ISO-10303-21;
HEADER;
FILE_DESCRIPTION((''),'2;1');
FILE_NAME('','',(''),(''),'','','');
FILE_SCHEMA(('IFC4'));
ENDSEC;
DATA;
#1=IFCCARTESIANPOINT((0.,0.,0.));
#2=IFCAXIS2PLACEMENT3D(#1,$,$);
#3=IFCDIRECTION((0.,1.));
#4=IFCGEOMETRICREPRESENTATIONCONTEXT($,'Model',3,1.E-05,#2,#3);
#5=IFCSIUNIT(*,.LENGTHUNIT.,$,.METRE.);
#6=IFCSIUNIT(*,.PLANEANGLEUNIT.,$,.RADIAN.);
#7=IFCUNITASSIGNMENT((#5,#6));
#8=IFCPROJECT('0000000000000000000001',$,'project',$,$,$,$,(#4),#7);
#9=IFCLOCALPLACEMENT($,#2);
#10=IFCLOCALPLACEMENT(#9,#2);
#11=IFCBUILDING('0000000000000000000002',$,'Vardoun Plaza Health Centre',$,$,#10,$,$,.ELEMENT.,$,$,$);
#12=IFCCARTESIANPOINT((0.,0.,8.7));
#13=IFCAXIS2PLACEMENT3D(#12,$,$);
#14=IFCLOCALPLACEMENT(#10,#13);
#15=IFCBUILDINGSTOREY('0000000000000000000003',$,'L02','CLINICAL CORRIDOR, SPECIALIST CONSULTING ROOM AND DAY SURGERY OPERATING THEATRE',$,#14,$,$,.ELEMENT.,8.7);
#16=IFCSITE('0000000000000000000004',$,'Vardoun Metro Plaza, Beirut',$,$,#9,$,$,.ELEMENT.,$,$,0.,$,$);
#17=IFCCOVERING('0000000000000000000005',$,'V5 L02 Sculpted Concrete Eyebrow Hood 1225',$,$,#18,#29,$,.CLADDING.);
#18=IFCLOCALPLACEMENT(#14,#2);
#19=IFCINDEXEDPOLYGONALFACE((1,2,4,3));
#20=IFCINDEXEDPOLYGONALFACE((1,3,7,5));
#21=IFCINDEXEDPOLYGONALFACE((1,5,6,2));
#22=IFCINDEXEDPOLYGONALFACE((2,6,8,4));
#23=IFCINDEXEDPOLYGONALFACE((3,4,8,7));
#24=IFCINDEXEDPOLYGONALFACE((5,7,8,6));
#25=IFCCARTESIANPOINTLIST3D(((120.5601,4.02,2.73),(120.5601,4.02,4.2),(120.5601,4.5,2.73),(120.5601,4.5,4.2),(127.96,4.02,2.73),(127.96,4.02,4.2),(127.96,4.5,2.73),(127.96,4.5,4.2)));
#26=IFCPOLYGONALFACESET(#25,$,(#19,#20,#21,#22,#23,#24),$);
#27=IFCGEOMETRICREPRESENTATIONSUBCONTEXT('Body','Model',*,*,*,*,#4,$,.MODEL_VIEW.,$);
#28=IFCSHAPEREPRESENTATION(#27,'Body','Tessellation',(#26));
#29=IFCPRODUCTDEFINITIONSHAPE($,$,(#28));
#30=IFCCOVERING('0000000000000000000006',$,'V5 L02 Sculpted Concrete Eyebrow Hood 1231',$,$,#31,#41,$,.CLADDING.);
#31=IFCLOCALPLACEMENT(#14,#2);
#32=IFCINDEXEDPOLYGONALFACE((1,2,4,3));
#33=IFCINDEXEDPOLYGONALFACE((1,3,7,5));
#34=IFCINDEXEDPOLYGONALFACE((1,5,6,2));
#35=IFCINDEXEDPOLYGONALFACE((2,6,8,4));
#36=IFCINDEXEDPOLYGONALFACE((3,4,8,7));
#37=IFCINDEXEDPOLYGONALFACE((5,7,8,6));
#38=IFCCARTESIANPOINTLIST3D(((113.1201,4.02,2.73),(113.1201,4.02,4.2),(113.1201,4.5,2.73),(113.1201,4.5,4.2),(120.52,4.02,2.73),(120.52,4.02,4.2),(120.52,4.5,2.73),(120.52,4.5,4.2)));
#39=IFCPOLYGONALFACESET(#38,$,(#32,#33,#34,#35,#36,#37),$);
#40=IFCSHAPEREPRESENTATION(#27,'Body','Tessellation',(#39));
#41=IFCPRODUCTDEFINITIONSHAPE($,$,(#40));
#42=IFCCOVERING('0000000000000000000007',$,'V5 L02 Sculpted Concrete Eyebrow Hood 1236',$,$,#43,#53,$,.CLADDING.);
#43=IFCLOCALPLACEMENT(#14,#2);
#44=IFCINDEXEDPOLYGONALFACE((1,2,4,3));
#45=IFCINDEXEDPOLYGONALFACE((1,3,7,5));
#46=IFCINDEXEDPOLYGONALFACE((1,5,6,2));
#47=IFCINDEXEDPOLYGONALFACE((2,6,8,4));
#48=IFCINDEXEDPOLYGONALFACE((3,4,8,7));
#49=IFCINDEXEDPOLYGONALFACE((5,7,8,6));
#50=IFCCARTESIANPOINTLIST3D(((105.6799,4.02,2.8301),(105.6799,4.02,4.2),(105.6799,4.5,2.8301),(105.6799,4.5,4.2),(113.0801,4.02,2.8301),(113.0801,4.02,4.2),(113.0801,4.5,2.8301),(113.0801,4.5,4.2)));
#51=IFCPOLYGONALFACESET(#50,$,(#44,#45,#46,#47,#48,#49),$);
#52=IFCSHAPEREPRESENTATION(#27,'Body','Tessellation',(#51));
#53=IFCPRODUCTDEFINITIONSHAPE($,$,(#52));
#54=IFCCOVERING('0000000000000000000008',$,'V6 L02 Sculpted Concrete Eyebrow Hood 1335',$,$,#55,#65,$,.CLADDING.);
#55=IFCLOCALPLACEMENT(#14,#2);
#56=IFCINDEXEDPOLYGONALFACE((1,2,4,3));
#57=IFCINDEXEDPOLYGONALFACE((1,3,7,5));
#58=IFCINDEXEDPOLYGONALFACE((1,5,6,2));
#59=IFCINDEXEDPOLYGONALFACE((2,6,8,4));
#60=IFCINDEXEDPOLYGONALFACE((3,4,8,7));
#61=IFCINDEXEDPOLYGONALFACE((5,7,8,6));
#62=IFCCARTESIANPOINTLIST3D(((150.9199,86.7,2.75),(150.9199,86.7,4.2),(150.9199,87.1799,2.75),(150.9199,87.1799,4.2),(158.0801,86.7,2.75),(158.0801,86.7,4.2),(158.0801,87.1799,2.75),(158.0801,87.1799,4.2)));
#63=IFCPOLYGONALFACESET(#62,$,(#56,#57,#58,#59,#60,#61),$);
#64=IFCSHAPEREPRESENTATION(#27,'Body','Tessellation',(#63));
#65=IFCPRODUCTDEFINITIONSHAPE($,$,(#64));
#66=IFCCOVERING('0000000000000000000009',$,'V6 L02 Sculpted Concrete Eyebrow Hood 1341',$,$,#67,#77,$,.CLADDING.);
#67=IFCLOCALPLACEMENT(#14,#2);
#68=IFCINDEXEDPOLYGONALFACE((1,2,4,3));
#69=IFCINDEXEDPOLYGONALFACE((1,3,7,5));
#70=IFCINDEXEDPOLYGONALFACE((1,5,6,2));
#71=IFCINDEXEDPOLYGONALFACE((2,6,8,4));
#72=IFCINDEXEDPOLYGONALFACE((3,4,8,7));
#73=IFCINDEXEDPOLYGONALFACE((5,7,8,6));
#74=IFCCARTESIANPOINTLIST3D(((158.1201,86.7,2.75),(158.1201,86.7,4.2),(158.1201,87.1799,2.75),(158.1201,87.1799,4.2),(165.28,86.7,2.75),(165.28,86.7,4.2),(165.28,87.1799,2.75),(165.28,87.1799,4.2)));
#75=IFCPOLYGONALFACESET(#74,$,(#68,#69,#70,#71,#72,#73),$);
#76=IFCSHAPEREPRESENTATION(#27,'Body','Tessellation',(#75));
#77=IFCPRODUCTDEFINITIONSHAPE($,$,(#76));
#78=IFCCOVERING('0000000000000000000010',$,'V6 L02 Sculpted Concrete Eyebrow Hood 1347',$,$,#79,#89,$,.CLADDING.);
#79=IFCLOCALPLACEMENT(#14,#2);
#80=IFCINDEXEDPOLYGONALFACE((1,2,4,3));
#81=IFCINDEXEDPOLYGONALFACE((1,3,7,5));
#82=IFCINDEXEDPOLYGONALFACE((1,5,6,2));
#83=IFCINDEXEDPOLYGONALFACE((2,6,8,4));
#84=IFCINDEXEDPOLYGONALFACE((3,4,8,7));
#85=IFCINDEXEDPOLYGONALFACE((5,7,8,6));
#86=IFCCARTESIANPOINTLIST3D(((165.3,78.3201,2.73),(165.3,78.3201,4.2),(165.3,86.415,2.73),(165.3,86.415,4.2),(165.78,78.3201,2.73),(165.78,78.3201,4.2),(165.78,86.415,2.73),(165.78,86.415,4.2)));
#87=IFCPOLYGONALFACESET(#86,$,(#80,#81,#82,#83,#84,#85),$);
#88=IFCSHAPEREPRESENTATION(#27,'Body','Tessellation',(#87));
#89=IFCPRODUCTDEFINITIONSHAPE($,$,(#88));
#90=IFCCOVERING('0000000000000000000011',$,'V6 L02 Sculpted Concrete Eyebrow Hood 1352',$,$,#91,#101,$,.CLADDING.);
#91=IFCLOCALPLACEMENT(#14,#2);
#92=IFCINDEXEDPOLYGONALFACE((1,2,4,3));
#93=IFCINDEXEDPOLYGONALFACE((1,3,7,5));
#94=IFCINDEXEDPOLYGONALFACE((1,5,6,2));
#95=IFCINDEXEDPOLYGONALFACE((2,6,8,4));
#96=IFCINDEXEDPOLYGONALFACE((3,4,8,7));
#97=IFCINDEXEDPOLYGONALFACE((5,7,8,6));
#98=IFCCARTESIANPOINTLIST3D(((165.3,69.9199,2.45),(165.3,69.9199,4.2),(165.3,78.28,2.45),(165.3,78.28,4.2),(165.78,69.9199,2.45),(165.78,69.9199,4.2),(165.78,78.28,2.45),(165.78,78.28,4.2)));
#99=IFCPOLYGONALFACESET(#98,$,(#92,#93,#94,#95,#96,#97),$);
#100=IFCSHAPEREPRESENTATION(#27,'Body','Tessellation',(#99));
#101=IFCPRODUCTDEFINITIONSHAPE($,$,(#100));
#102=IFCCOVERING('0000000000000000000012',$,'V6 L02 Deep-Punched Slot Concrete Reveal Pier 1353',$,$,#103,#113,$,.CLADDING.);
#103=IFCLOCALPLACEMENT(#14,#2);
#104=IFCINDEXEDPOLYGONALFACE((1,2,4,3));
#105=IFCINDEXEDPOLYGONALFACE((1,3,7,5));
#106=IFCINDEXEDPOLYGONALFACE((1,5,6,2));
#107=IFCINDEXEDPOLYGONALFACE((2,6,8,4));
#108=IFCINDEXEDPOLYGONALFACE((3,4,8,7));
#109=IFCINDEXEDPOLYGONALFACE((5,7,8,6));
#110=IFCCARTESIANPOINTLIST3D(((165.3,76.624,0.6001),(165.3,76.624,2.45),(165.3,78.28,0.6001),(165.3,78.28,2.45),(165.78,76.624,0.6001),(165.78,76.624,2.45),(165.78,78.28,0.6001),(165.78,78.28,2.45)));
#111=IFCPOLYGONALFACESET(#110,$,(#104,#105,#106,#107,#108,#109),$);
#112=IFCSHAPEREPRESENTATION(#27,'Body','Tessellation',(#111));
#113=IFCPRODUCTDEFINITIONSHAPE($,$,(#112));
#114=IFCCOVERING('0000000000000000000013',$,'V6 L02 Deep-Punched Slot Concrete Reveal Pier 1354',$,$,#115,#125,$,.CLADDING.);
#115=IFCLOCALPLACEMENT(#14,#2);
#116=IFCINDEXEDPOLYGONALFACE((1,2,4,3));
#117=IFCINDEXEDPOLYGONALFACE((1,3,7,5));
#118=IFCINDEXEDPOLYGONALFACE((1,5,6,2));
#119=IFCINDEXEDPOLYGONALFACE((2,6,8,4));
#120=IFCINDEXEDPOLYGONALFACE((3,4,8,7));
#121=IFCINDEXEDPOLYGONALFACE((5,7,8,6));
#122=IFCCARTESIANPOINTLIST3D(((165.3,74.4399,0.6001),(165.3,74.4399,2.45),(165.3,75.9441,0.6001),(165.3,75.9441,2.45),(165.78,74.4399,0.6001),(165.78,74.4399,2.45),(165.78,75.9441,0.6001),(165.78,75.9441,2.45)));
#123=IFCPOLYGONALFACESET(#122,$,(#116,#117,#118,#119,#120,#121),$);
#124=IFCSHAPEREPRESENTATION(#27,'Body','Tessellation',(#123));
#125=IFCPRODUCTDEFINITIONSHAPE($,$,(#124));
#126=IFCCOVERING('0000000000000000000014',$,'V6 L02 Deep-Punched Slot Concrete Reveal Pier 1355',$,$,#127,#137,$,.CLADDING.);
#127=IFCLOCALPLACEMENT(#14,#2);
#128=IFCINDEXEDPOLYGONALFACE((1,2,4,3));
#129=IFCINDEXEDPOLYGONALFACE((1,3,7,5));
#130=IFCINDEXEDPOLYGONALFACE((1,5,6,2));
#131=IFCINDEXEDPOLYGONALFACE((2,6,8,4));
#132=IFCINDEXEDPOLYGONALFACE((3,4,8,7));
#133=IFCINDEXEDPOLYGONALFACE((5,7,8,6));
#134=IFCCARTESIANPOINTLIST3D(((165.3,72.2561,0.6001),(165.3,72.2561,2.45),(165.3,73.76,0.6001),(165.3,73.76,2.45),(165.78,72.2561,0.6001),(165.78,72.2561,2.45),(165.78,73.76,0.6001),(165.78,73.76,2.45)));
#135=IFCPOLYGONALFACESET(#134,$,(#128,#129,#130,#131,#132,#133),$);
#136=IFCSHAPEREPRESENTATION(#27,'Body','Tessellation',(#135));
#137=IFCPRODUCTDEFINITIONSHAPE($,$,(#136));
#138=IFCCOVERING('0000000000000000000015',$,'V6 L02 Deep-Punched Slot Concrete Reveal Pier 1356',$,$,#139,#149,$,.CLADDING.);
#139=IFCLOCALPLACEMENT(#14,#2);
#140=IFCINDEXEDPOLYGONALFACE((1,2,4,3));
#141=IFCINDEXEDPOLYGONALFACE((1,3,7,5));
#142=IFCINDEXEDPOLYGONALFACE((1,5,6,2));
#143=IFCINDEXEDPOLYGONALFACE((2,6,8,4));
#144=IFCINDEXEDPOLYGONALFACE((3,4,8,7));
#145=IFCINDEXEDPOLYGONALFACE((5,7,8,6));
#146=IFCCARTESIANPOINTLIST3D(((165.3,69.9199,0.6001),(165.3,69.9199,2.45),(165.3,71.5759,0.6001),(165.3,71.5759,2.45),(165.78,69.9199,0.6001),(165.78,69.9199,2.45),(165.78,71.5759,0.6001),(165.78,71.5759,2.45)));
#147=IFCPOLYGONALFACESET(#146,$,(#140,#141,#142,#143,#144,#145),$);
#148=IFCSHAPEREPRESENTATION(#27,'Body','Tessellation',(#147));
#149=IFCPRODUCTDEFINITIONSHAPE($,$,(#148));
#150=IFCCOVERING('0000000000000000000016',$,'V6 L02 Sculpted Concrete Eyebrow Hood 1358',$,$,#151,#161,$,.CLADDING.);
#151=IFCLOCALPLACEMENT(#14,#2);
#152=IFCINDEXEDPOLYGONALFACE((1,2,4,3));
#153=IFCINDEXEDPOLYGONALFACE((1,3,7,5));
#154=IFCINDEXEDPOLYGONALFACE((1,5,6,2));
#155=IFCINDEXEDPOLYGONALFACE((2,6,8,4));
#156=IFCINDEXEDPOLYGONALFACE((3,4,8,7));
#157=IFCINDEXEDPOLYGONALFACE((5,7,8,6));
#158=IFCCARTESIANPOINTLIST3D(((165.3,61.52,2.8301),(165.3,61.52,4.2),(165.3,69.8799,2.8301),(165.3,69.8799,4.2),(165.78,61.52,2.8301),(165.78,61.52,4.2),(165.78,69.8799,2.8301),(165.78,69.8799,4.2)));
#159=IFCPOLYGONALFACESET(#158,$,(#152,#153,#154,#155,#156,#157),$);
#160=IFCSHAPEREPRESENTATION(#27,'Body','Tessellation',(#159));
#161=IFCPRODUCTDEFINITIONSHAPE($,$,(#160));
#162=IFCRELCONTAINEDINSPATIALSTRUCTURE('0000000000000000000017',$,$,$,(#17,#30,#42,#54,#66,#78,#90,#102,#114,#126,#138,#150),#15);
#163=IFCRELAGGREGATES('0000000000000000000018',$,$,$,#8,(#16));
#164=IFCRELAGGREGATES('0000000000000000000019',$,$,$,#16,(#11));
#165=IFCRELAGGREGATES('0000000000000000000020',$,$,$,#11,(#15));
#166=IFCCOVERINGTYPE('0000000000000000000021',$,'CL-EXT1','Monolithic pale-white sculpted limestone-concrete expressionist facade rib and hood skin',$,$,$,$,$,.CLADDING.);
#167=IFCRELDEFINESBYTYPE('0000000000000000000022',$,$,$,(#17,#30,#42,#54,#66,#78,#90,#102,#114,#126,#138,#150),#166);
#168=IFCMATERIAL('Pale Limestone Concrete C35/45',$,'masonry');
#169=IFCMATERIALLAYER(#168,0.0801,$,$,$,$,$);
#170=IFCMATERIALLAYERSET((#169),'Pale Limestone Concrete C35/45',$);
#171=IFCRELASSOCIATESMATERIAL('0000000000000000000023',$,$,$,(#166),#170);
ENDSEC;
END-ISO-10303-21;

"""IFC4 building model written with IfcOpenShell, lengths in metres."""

from ifc_helpers import new_model, si_unit, direction, frame, origin, place, context, subcontext, project, spatial, polyline, outline, extrude, material, layer, layer_set, type_object, element, save


model = new_model("IFC4")

# Units and contexts
model_context = context("Model", 3, precision=1e-05, world=origin(), true_north=direction((0.0, 1.0)))
body_context = subcontext(model_context, "Body", "Model", "MODEL_VIEW")
ifc_project = project(units=[si_unit("LENGTHUNIT", "METRE"), si_unit("PLANEANGLEUNIT", "RADIAN")], contexts=[model_context])

# Site, building, storey
site_placement = place(None, origin())
site = spatial("IfcSite", under=ifc_project, at=site_placement, Name="Vardoun Metro Plaza, Beirut", CompositionType="ELEMENT", RefElevation=0.0)
building_placement = place(site_placement, origin())
building = spatial("IfcBuilding", under=site, at=building_placement, Name="Vardoun Plaza Health Centre", CompositionType="ELEMENT")
storey_placement = place(building_placement, frame((0.0, 0.0, 8.7)))
storey = spatial("IfcBuildingStorey", under=building, at=storey_placement, Name="L02", Description="CLINICAL CORRIDOR, SPECIALIST CONSULTING ROOM AND DAY SURGERY OPERATING THEATRE", CompositionType="ELEMENT", Elevation=8.7)

# Coverings
ifc_material = material(Name="Pale Limestone Concrete C35/45", Category="masonry")
ifc_layer = layer(ifc_material, 0.0801)
ifc_layer_set = layer_set([ifc_layer], Name="Pale Limestone Concrete C35/45")
covering_type = type_object("IfcCoveringType", Name="CL-EXT1", Description="Monolithic pale-white sculpted limestone-concrete expressionist facade rib and hood skin", PredefinedType="CLADDING", material=ifc_layer_set)
covering_1_placement = place(storey_placement, frame((0.0, 0.0, 2.73)))
element("IfcCovering", 1, at=covering_1_placement, inside=storey, type_object=covering_type, Name="V5 L02 Sculpted Concrete Eyebrow Hood 1225", PredefinedType="CLADDING", context=body_context, shape_type="SweptSolid", body=[
    extrude(outline(polyline([(127.96, 4.5), (120.5601, 4.5), (120.5601, 4.02), (127.96, 4.02), (127.96, 4.5)])), origin(), (0.0, 0.0, 1.0), 1.47),
])
covering_2_placement = place(storey_placement, frame((0.0, 0.0, 2.73)))
element("IfcCovering", 2, at=covering_2_placement, inside=storey, type_object=covering_type, Name="V5 L02 Sculpted Concrete Eyebrow Hood 1231", PredefinedType="CLADDING", context=body_context, shape_type="SweptSolid", body=[
    extrude(outline(polyline([(120.52, 4.5), (113.1201, 4.5), (113.1201, 4.02), (120.52, 4.02), (120.52, 4.5)])), origin(), (0.0, 0.0, 1.0), 1.47),
])
covering_3_placement = place(storey_placement, frame((0.0, 0.0, 2.8301)))
element("IfcCovering", 3, at=covering_3_placement, inside=storey, type_object=covering_type, Name="V5 L02 Sculpted Concrete Eyebrow Hood 1236", PredefinedType="CLADDING", context=body_context, shape_type="SweptSolid", body=[
    extrude(outline(polyline([(113.0801, 4.5), (105.6799, 4.5), (105.6799, 4.02), (113.0801, 4.02), (113.0801, 4.5)])), origin(), (0.0, 0.0, 1.0), 1.3699),
])
covering_4_placement = place(storey_placement, frame((0.0, 0.0, 2.75)))
element("IfcCovering", 4, at=covering_4_placement, inside=storey, type_object=covering_type, Name="V6 L02 Sculpted Concrete Eyebrow Hood 1335", PredefinedType="CLADDING", context=body_context, shape_type="SweptSolid", body=[
    extrude(outline(polyline([(150.9199, 86.7), (158.0801, 86.7), (158.0801, 87.1799), (150.9199, 87.1799), (150.9199, 86.7)])), origin(), (0.0, 0.0, 1.0), 1.45),
])
covering_5_placement = place(storey_placement, frame((0.0, 0.0, 2.75)))
element("IfcCovering", 5, at=covering_5_placement, inside=storey, type_object=covering_type, Name="V6 L02 Sculpted Concrete Eyebrow Hood 1341", PredefinedType="CLADDING", context=body_context, shape_type="SweptSolid", body=[
    extrude(outline(polyline([(158.1201, 86.7), (165.28, 86.7), (165.28, 87.1799), (158.1201, 87.1799), (158.1201, 86.7)])), origin(), (0.0, 0.0, 1.0), 1.45),
])
covering_6_placement = place(storey_placement, frame((0.0, 0.0, 2.73)))
element("IfcCovering", 6, at=covering_6_placement, inside=storey, type_object=covering_type, Name="V6 L02 Sculpted Concrete Eyebrow Hood 1347", PredefinedType="CLADDING", context=body_context, shape_type="SweptSolid", body=[
    extrude(outline(polyline([(165.3, 86.415), (165.3, 78.3201), (165.78, 78.3201), (165.78, 86.415), (165.3, 86.415)])), origin(), (0.0, 0.0, 1.0), 1.47),
])
covering_7_placement = place(storey_placement, frame((0.0, 0.0, 2.45)))
element("IfcCovering", 7, at=covering_7_placement, inside=storey, type_object=covering_type, Name="V6 L02 Sculpted Concrete Eyebrow Hood 1352", PredefinedType="CLADDING", context=body_context, shape_type="SweptSolid", body=[
    extrude(outline(polyline([(165.3, 78.28), (165.3, 69.9199), (165.78, 69.9199), (165.78, 78.28), (165.3, 78.28)])), origin(), (0.0, 0.0, 1.0), 1.75),
])
covering_8_placement = place(storey_placement, frame((0.0, 0.0, 0.6001)))
element("IfcCovering", 8, at=covering_8_placement, inside=storey, type_object=covering_type, Name="V6 L02 Deep-Punched Slot Concrete Reveal Pier 1353", PredefinedType="CLADDING", context=body_context, shape_type="SweptSolid", body=[
    extrude(outline(polyline([(165.3, 78.28), (165.3, 76.624), (165.78, 76.624), (165.78, 78.28), (165.3, 78.28)])), origin(), (0.0, 0.0, 1.0), 1.8499),
])
covering_9_placement = place(storey_placement, frame((0.0, 0.0, 0.6001)))
element("IfcCovering", 9, at=covering_9_placement, inside=storey, type_object=covering_type, Name="V6 L02 Deep-Punched Slot Concrete Reveal Pier 1354", PredefinedType="CLADDING", context=body_context, shape_type="SweptSolid", body=[
    extrude(outline(polyline([(165.3, 75.9441), (165.3, 74.4399), (165.78, 74.4399), (165.78, 75.9441), (165.3, 75.9441)])), origin(), (0.0, 0.0, 1.0), 1.8499),
])
covering_10_placement = place(storey_placement, frame((0.0, 0.0, 0.6001)))
element("IfcCovering", 10, at=covering_10_placement, inside=storey, type_object=covering_type, Name="V6 L02 Deep-Punched Slot Concrete Reveal Pier 1355", PredefinedType="CLADDING", context=body_context, shape_type="SweptSolid", body=[
    extrude(outline(polyline([(165.3, 73.76), (165.3, 72.2561), (165.78, 72.2561), (165.78, 73.76), (165.3, 73.76)])), origin(), (0.0, 0.0, 1.0), 1.8499),
])
covering_11_placement = place(storey_placement, frame((0.0, 0.0, 0.6001)))
element("IfcCovering", 11, at=covering_11_placement, inside=storey, type_object=covering_type, Name="V6 L02 Deep-Punched Slot Concrete Reveal Pier 1356", PredefinedType="CLADDING", context=body_context, shape_type="SweptSolid", body=[
    extrude(outline(polyline([(165.3, 71.5759), (165.3, 69.9199), (165.78, 69.9199), (165.78, 71.5759), (165.3, 71.5759)])), origin(), (0.0, 0.0, 1.0), 1.8499),
])
covering_12_placement = place(storey_placement, frame((0.0, 0.0, 2.8301)))
element("IfcCovering", 12, at=covering_12_placement, inside=storey, type_object=covering_type, Name="V6 L02 Sculpted Concrete Eyebrow Hood 1358", PredefinedType="CLADDING", context=body_context, shape_type="SweptSolid", body=[
    extrude(outline(polyline([(165.3, 69.8799), (165.3, 61.52), (165.78, 61.52), (165.78, 69.8799), (165.3, 69.8799)])), origin(), (0.0, 0.0, 1.0), 1.3699),
])

save(model, "model.ifc")
